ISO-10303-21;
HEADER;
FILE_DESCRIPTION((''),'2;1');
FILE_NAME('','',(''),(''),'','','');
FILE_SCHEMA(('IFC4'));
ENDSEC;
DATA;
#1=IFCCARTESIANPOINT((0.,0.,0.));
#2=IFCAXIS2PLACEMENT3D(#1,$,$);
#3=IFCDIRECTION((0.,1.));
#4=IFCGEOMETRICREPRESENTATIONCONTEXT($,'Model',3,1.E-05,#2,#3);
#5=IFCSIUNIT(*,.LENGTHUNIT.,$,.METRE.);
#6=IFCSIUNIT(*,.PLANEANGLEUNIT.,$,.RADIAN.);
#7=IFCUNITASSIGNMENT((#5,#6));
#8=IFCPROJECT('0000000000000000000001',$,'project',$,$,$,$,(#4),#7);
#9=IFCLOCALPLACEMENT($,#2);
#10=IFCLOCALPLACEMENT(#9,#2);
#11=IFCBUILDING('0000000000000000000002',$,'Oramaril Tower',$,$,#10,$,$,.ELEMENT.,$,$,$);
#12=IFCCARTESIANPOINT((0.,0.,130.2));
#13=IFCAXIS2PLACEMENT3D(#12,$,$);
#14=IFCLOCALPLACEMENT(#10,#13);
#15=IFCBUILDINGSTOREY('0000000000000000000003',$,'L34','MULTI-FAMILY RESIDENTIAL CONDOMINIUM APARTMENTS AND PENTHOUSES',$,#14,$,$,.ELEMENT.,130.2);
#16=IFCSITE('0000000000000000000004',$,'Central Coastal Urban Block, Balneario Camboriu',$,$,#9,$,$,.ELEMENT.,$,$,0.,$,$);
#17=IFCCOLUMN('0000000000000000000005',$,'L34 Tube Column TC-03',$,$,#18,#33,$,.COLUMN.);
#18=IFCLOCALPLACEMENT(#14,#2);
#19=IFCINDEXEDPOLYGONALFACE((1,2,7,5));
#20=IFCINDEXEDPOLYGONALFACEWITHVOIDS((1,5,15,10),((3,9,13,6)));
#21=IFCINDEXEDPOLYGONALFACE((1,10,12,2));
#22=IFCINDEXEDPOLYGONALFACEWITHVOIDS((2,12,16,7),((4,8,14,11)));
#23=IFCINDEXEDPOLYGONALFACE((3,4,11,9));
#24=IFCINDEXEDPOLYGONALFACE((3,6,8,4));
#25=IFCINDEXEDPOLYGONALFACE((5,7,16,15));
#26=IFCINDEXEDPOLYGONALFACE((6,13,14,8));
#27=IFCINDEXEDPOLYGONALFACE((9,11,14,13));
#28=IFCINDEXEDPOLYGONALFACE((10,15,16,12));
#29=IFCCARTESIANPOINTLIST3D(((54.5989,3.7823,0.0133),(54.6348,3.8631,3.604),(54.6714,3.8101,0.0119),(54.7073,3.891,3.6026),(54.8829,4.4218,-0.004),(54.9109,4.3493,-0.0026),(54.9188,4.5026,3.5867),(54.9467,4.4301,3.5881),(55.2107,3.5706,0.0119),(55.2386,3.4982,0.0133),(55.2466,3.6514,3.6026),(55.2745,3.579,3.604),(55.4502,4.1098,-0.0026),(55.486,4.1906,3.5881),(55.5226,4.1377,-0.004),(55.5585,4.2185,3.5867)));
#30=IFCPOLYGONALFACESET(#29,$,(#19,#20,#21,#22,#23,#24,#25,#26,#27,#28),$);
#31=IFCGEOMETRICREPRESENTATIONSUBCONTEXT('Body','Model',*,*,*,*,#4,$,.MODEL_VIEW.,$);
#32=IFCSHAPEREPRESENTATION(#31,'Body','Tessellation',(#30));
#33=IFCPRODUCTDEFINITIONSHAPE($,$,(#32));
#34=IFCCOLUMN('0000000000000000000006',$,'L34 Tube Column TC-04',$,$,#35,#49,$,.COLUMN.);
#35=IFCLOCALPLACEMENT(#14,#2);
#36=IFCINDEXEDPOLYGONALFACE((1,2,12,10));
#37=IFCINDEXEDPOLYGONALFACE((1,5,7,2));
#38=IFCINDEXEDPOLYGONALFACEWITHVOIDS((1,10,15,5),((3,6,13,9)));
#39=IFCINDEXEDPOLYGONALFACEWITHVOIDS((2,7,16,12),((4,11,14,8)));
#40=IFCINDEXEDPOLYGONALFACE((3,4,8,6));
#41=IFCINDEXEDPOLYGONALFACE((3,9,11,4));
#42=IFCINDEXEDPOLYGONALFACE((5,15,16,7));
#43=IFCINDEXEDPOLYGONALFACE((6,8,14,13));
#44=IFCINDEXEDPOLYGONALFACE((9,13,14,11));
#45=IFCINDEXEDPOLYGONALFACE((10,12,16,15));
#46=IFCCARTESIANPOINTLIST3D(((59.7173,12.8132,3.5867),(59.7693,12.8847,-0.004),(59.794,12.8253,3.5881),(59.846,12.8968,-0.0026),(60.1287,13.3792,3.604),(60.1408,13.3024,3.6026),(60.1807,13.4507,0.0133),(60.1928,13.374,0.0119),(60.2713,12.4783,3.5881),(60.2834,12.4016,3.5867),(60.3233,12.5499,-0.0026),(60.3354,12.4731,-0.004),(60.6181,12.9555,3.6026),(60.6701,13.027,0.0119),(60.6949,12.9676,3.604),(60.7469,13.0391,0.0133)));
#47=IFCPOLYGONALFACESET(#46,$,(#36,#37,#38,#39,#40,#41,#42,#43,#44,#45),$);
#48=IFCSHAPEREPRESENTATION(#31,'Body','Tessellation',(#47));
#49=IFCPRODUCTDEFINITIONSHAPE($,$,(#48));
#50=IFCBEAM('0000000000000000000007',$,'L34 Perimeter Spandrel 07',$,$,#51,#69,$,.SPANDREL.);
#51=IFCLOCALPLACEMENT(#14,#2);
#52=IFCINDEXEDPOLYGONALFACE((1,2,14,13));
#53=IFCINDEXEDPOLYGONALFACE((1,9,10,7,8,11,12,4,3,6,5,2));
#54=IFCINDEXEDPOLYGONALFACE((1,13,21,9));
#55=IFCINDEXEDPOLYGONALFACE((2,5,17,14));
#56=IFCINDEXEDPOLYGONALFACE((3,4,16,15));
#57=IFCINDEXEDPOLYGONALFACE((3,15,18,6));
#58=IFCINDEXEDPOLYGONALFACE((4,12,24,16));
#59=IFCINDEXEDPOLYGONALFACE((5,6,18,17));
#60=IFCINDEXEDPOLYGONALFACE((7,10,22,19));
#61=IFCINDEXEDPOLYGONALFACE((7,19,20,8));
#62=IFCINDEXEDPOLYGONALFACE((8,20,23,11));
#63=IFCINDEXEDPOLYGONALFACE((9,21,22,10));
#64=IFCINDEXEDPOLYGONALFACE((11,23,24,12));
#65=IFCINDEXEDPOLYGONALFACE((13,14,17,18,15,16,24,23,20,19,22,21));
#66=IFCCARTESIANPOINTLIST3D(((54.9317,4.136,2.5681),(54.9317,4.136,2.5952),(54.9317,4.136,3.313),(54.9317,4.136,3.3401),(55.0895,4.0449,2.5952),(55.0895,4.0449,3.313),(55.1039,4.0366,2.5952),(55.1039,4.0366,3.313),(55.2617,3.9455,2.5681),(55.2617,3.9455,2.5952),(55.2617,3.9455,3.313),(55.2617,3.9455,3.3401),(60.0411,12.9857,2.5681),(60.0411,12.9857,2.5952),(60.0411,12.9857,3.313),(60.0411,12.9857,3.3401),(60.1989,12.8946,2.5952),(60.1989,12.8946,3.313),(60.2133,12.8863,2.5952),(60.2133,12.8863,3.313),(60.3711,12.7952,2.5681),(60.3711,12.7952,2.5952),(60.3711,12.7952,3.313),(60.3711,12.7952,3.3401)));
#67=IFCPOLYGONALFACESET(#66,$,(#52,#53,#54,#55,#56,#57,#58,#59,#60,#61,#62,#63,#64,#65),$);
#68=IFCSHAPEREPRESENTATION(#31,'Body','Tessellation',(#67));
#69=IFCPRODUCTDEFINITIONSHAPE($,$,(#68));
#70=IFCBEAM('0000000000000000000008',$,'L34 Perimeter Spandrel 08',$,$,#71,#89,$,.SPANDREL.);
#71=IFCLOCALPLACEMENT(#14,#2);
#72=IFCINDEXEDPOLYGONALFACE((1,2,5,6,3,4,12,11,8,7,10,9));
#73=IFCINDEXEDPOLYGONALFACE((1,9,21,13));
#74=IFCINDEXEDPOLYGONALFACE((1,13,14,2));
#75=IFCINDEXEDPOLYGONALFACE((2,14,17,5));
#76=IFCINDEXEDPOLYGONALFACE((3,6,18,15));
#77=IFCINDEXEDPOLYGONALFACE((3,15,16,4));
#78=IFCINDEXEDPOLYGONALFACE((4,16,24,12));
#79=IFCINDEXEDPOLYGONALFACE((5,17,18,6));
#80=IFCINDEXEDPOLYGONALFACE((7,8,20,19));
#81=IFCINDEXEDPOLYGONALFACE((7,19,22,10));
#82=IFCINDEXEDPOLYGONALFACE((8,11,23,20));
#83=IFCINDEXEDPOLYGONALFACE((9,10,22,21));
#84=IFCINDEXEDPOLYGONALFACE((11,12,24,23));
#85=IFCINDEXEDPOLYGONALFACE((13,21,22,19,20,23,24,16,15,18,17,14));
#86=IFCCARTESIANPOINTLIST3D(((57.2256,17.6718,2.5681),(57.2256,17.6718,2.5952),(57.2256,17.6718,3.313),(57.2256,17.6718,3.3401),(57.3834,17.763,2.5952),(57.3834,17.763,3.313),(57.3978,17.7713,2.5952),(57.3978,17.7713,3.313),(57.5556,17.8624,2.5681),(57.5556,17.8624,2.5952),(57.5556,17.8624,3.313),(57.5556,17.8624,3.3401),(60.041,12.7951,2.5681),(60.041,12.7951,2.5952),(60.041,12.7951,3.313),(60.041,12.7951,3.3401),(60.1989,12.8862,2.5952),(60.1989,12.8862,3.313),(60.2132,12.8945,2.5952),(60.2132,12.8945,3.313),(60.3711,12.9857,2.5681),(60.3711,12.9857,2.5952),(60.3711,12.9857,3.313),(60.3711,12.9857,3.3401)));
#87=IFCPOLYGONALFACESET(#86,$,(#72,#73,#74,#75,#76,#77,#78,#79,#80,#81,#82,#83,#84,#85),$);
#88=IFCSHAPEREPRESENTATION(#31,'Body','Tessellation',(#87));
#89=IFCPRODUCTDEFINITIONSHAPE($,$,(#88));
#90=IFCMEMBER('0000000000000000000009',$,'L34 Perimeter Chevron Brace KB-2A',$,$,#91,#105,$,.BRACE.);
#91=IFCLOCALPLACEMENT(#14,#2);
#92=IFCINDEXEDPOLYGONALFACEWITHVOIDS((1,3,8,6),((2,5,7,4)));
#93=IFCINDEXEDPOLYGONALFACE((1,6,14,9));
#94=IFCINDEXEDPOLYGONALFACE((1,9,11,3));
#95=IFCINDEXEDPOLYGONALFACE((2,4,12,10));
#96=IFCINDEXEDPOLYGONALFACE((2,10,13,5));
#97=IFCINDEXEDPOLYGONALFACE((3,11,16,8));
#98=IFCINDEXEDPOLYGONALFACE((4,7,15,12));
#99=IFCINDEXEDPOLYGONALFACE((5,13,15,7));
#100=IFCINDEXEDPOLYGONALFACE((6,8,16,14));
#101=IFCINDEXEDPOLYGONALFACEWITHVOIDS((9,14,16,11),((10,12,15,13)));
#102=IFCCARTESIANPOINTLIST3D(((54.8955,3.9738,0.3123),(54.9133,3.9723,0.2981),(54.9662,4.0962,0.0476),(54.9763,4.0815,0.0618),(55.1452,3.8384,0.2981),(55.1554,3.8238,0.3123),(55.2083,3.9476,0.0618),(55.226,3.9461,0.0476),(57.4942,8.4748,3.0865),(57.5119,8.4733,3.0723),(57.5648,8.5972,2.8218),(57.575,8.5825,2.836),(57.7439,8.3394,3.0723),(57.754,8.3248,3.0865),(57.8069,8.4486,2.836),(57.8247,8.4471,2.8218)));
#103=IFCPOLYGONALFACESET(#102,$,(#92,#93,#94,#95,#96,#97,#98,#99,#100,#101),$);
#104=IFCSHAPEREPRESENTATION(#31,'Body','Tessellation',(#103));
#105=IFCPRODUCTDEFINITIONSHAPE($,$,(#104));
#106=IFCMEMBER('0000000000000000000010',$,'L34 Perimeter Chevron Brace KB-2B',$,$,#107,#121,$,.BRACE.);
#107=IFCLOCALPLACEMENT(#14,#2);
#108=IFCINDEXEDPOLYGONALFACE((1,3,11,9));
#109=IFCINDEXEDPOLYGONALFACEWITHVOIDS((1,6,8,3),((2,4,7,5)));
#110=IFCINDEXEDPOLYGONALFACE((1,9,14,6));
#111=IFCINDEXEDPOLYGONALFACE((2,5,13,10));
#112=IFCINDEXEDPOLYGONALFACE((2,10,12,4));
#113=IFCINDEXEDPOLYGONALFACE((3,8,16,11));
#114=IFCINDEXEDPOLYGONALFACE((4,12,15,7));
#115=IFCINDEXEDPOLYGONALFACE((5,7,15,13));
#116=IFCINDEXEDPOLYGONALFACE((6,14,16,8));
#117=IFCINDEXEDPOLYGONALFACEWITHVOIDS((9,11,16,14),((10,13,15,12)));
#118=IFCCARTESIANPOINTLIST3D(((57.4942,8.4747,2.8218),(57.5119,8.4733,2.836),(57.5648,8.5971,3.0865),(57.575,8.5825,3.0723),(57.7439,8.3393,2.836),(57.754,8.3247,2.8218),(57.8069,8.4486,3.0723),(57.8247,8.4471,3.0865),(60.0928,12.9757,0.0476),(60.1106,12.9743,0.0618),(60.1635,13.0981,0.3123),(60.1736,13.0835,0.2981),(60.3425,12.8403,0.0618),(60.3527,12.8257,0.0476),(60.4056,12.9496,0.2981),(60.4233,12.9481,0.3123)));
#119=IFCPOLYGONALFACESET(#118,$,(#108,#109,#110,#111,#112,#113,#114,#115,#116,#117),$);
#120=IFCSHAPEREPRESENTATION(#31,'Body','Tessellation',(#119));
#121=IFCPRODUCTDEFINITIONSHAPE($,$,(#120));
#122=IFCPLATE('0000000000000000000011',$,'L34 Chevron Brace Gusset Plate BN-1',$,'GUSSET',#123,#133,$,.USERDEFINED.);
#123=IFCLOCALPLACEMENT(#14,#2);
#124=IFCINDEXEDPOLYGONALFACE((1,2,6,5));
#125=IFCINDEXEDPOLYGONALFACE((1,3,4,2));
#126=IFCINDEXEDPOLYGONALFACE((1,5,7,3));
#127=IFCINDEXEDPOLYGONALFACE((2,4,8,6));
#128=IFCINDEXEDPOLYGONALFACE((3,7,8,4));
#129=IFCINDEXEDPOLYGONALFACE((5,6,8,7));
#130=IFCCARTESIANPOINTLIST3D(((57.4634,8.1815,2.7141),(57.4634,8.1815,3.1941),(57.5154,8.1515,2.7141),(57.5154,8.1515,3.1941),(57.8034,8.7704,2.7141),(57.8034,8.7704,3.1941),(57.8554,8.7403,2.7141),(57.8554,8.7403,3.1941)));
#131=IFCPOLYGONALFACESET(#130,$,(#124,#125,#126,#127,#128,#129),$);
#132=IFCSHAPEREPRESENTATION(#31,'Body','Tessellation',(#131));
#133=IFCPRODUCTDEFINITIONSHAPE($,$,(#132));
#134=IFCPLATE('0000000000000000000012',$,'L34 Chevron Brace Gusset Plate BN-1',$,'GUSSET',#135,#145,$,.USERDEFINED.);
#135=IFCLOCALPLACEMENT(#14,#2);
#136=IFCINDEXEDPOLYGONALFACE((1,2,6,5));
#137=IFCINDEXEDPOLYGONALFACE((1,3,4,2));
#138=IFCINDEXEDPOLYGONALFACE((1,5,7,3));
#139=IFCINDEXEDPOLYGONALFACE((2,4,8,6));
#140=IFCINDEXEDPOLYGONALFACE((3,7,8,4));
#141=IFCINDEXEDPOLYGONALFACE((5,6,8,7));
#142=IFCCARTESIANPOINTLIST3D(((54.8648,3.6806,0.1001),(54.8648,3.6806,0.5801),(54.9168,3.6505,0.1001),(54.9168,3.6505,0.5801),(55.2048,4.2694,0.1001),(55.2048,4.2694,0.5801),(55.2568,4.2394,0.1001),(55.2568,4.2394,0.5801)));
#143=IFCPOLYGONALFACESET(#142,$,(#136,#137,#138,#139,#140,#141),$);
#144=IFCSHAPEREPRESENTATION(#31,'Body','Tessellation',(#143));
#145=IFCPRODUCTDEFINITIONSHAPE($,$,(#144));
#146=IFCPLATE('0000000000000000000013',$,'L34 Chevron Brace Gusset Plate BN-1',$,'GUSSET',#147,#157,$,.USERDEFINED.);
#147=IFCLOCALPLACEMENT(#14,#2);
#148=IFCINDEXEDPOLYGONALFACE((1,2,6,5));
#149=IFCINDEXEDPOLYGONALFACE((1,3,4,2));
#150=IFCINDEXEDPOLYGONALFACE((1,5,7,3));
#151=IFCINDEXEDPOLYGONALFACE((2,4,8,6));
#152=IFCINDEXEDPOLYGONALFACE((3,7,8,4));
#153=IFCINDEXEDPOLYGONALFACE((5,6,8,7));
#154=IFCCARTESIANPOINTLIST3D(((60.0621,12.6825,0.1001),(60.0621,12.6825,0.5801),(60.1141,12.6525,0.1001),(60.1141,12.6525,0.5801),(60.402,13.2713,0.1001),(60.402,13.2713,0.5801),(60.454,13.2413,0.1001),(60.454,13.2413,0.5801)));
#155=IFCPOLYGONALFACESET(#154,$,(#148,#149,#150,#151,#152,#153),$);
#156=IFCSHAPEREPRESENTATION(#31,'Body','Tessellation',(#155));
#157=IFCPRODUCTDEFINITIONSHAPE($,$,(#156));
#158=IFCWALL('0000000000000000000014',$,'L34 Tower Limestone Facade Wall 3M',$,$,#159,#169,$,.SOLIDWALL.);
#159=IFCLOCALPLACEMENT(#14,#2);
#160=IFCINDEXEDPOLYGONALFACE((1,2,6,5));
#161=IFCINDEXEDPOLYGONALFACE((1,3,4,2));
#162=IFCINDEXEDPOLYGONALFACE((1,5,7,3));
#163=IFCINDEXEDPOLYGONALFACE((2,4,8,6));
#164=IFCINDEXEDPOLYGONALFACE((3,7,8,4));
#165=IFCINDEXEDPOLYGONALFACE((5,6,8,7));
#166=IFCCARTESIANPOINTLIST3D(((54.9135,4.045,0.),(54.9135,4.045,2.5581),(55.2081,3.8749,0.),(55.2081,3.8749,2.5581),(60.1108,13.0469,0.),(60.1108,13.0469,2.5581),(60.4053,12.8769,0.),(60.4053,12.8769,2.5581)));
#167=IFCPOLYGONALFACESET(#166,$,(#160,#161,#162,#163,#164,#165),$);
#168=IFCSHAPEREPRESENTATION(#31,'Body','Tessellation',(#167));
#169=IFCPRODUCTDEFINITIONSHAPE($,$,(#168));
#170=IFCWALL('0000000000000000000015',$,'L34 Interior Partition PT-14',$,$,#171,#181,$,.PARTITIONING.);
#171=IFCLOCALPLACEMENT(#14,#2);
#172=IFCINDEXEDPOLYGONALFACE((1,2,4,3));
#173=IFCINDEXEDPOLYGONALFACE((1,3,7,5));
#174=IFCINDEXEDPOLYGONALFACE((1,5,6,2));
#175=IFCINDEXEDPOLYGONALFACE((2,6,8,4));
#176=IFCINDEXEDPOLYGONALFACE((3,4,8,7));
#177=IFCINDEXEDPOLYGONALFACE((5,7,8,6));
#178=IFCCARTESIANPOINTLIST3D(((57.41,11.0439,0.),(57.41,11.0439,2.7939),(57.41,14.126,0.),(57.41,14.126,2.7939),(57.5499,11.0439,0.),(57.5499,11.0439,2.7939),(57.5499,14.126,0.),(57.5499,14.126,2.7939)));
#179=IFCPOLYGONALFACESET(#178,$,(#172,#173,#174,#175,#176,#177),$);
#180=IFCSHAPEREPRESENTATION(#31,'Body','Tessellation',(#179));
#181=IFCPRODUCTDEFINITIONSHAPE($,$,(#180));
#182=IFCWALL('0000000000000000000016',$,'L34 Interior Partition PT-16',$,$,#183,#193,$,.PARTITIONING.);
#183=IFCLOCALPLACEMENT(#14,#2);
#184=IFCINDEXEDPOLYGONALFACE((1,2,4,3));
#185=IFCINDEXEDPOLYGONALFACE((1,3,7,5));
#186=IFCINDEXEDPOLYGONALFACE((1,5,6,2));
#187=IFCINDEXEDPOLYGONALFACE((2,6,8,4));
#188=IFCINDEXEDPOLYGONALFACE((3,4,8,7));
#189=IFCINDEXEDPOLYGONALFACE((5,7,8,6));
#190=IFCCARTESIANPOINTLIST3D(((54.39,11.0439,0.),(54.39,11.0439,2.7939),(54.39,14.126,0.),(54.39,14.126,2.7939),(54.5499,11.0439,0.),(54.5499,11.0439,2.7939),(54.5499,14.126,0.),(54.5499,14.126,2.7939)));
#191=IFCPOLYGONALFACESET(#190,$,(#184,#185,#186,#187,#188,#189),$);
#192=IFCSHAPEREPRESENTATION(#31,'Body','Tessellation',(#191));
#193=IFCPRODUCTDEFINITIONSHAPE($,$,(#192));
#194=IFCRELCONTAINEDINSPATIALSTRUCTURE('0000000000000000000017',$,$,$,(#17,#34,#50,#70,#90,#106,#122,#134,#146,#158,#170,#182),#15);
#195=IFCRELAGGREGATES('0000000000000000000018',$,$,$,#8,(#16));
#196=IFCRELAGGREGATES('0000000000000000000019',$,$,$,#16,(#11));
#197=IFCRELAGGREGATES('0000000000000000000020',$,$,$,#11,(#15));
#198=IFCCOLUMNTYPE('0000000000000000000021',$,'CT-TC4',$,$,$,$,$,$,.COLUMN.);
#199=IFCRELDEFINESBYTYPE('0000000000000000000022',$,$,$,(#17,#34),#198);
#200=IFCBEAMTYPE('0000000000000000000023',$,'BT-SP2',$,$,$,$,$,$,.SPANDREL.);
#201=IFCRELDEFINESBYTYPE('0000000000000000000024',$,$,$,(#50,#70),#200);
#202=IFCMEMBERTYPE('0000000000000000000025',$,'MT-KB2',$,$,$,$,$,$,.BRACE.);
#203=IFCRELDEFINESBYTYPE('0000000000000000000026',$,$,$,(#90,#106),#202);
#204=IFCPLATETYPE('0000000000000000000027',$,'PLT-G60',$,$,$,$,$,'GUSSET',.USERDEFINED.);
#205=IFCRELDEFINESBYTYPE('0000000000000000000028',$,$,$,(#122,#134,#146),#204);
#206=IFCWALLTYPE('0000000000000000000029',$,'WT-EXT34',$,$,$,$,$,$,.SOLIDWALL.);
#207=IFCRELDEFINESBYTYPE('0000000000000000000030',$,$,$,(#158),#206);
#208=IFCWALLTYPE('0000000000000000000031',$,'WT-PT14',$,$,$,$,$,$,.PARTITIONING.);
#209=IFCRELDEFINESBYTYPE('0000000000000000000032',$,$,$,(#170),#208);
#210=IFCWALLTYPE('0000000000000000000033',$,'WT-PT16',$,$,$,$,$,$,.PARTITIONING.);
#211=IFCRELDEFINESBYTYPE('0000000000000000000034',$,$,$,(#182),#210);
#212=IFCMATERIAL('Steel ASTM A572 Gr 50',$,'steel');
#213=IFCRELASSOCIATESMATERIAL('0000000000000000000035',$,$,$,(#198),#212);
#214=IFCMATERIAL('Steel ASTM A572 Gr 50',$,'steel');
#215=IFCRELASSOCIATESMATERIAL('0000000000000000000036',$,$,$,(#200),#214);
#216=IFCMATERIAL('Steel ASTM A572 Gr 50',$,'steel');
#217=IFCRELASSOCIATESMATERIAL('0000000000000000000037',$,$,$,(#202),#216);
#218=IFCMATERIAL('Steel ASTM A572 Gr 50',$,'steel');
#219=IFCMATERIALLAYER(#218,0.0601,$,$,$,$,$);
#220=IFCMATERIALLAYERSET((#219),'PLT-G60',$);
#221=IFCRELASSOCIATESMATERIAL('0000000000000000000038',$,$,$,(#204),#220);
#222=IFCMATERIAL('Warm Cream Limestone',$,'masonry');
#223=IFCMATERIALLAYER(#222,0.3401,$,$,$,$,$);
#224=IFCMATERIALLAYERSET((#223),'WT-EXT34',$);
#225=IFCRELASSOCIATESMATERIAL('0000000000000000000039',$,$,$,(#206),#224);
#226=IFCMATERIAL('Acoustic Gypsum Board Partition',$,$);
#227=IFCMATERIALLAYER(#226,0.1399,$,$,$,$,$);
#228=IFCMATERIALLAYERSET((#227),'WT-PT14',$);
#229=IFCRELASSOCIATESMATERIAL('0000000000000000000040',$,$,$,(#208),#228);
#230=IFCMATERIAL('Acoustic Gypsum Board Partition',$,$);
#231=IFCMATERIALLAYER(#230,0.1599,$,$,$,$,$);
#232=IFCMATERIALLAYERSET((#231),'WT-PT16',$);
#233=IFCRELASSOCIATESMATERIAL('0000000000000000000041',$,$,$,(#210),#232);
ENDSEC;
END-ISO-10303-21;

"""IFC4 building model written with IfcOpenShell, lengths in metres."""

from ifc_helpers import new_model, si_unit, direction, frame, frame_2d, origin, origin_2d, place, context, subcontext, project, spatial, rectangle, hollow_rectangle, i_section, extrude, material, layer, layer_set, material_profile, profile_set, type_object, element, save


model = new_model("IFC4")

# Units and contexts
model_context = context("Model", 3, precision=1e-05, world=origin(), true_north=direction((0.0, 1.0)))
body_context = subcontext(model_context, "Body", "Model", "MODEL_VIEW")
ifc_project = project(units=[si_unit("LENGTHUNIT", "METRE"), si_unit("PLANEANGLEUNIT", "RADIAN")], contexts=[model_context])

# Site, building, storey
site_placement = place(None, origin())
site = spatial("IfcSite", under=ifc_project, at=site_placement, Name="Central Coastal Urban Block, Balneario Camboriu", CompositionType="ELEMENT", RefElevation=0.0)
building_placement = place(site_placement, origin())
building = spatial("IfcBuilding", under=site, at=building_placement, Name="Oramaril Tower", CompositionType="ELEMENT")
storey_placement = place(building_placement, frame((0.0, 0.0, 130.2)))
storey = spatial("IfcBuildingStorey", under=building, at=storey_placement, Name="L34", Description="MULTI-FAMILY RESIDENTIAL CONDOMINIUM APARTMENTS AND PENTHOUSES", CompositionType="ELEMENT", Elevation=130.2)

# Columns
ifc_material_1 = material(Name="Steel ASTM A572 Gr 50", Category="steel")
ifc_material_profile_1 = material_profile(ifc_material_1, hollow_rectangle(XDim=0.7, YDim=0.7, WallThickness=0.0549, at=origin_2d()), Name="BOX700X700X55")
ifc_profile_set_1 = profile_set([ifc_material_profile_1], Name="Steel ASTM A572 Gr 50")
column_type = type_object("IfcColumnType", Name="CT-TC4", PredefinedType="COLUMN", material=ifc_profile_set_1)
for number, where, z_axis, x_axis, name in (
    (1, (55.0608, 3.96, 0.0046), (0.009992, 0.022498, 0.999697), (-0.913925, 0.405882, 0.0), "L34 Tube Column TC-03"),
    (2, (60.2581, 12.9619, 0.0046), (-0.014478, -0.019915, 0.999697), (0.808855, -0.588008, 0.0), "L34 Tube Column TC-04"),
):
    element("IfcColumn", number, at=place(storey_placement, frame(where, z_axis=z_axis, x_axis=x_axis)), inside=storey, type_object=column_type, Name=name, PredefinedType="COLUMN", context=body_context, shape_type="SweptSolid", body=[
        extrude(hollow_rectangle(XDim=0.7, YDim=0.7, WallThickness=0.0549, at=origin_2d()), origin(), (0.0, 0.0, 1.0), 3.5918),
    ])

# Beams
ifc_material_2 = material(Name="Steel ASTM A572 Gr 50", Category="steel")
ifc_material_profile_2 = material_profile(ifc_material_2, i_section(OverallWidth=0.3811, OverallDepth=0.772, WebThickness=0.0166, FlangeThickness=0.0271, at=origin_2d()), Name="W30X173")
ifc_profile_set_2 = profile_set([ifc_material_profile_2], Name="Steel ASTM A572 Gr 50")
beam_type = type_object("IfcBeamType", Name="BT-SP2", PredefinedType="SPANDREL", material=ifc_profile_set_2)
beam_1_placement = place(storey_placement, frame((55.0967, 4.0408, 2.9541), z_axis=(0.500004, 0.866023, 0.0), x_axis=(-0.866023, 0.500004, 0.0)))
element("IfcBeam", 3, at=beam_1_placement, inside=storey, type_object=beam_type, Name="L34 Perimeter Spandrel 07", PredefinedType="SPANDREL", context=body_context, shape_type="SweptSolid", body=[
    extrude(i_section(OverallWidth=0.3811, OverallDepth=0.772, WebThickness=0.0166, FlangeThickness=0.0271, at=origin_2d()), origin(), (0.0, 0.0, 1.0), 10.2188),
])
beam_2_placement = place(storey_placement, frame((60.2061, 12.8904, 2.9541), z_axis=(-0.499981, 0.866036, 0.0), x_axis=(-0.866036, -0.499981, 0.0)))
element("IfcBeam", 4, at=beam_2_placement, inside=storey, type_object=beam_type, Name="L34 Perimeter Spandrel 08", PredefinedType="SPANDREL", context=body_context, shape_type="SweptSolid", body=[
    extrude(i_section(OverallWidth=0.3811, OverallDepth=0.772, WebThickness=0.0166, FlangeThickness=0.0271, at=origin_2d()), origin(), (0.0, 0.0, 1.0), 5.6311),
])

# Members
ifc_material_3 = material(Name="Steel ASTM A572 Gr 50", Category="steel")
ifc_material_profile_3 = material_profile(ifc_material_3, hollow_rectangle(XDim=0.3, YDim=0.3, WallThickness=0.0161, at=origin_2d()), Name="HSS300X300X16")
ifc_profile_set_3 = profile_set([ifc_material_profile_3], Name="Steel ASTM A572 Gr 50")
member_type = type_object("IfcMemberType", Name="MT-KB2", PredefinedType="BRACE", material=ifc_profile_set_3)
for number, where, z_axis, x_axis, name in (
    (5, (55.0608, 3.96, 0.1799), (0.441095, 0.764001, 0.470891), (-0.866026, 0.499999, 0.0), "L34 Perimeter Chevron Brace KB-2A"),
    (6, (60.2581, 12.9619, 0.1799), (-0.441095, -0.764001, 0.470891), (0.866026, -0.499999, 0.0), "L34 Perimeter Chevron Brace KB-2B"),
):
    element("IfcMember", number, at=place(storey_placement, frame(where, z_axis=z_axis, x_axis=x_axis)), inside=storey, type_object=member_type, Name=name, PredefinedType="BRACE", context=body_context, shape_type="SweptSolid", body=[
        extrude(hollow_rectangle(XDim=0.3, YDim=0.3, WallThickness=0.0161, at=origin_2d()), origin(), (0.0, 0.0, 1.0), 5.8914),
    ])

# Plates
ifc_material_4 = material(Name="Steel ASTM A572 Gr 50", Category="steel")
ifc_layer_1 = layer(ifc_material_4, 0.0601)
ifc_layer_set_1 = layer_set([ifc_layer_1], Name="PLT-G60")
plate_type = type_object("IfcPlateType", Name="PLT-G60", ElementType="GUSSET", PredefinedType="USERDEFINED", material=ifc_layer_set_1)
for number, where, z_axis, x_axis, name in (
    (7, (57.6594, 8.4609, 2.7141), (0.0, 0.0, 1.0), (0.5, 0.866025, 0.0), "L34 Chevron Brace Gusset Plate BN-1"),
    (8, (55.0608, 3.96, 0.1001), (0.0, 0.0, 1.0), (0.5, 0.866025, 0.0), "L34 Chevron Brace Gusset Plate BN-1"),
    (9, (60.2581, 12.9619, 0.1001), (0.0, 0.0, 1.0), (0.5, 0.866025, 0.0), "L34 Chevron Brace Gusset Plate BN-1"),
):
    element("IfcPlate", number, at=place(storey_placement, frame(where, z_axis=z_axis, x_axis=x_axis)), inside=storey, type_object=plate_type, Name=name, ObjectType="GUSSET", PredefinedType="USERDEFINED", context=body_context, shape_type="SweptSolid", body=[
        extrude(rectangle(XDim=0.6799, YDim=0.0601, at=origin_2d()), origin(), (0.0, 0.0, 1.0), 0.48),
    ])

# Wall
ifc_material_5 = material(Name="Warm Cream Limestone", Category="masonry")
ifc_layer_2 = layer(ifc_material_5, 0.3401)
ifc_layer_set_2 = layer_set([ifc_layer_2], Name="WT-EXT34")
wall_type_1 = type_object("IfcWallType", Name="WT-EXT34", PredefinedType="SOLIDWALL", material=ifc_layer_set_2)
wall_1_placement = place(storey_placement, frame((55.0608, 3.96, 0.0), z_axis=(0.0, 0.0, 1.0), x_axis=(0.499999, 0.866026, 0.0)))
element("IfcWall", 10, at=wall_1_placement, inside=storey, type_object=wall_type_1, Name="L34 Tower Limestone Facade Wall 3M", PredefinedType="SOLIDWALL", context=body_context, shape_type="SweptSolid", body=[
    extrude(rectangle(XDim=10.3945, YDim=0.3401, at=frame_2d((5.1973, 0.0))), origin(), (0.0, 0.0, 1.0), 2.5581),
])

# Walls
ifc_material_6 = material(Name="Acoustic Gypsum Board Partition")
ifc_layer_3 = layer(ifc_material_6, 0.1399)
ifc_layer_set_3 = layer_set([ifc_layer_3], Name="WT-PT14")
wall_type_2 = type_object("IfcWallType", Name="WT-PT14", PredefinedType="PARTITIONING", material=ifc_layer_set_3)
wall_2_placement = place(storey_placement, frame((57.48, 11.0439, 0.0), z_axis=(0.0, 0.0, 1.0), x_axis=(0.0, 1.0, 0.0)))
element("IfcWall", 11, at=wall_2_placement, inside=storey, type_object=wall_type_2, Name="L34 Interior Partition PT-14", PredefinedType="PARTITIONING", context=body_context, shape_type="SweptSolid", body=[
    extrude(rectangle(XDim=3.082, YDim=0.1399, at=frame_2d((1.541, 0.0))), origin(), (0.0, 0.0, 1.0), 2.7939),
])
ifc_material_7 = material(Name="Acoustic Gypsum Board Partition")
ifc_layer_4 = layer(ifc_material_7, 0.1599)
ifc_layer_set_4 = layer_set([ifc_layer_4], Name="WT-PT16")
wall_type_3 = type_object("IfcWallType", Name="WT-PT16", PredefinedType="PARTITIONING", material=ifc_layer_set_4)
wall_3_placement = place(storey_placement, frame((54.47, 11.0439, 0.0), z_axis=(0.0, 0.0, 1.0), x_axis=(0.0, 1.0, 0.0)))
element("IfcWall", 12, at=wall_3_placement, inside=storey, type_object=wall_type_3, Name="L34 Interior Partition PT-16", PredefinedType="PARTITIONING", context=body_context, shape_type="SweptSolid", body=[
    extrude(rectangle(XDim=3.082, YDim=0.1599, at=frame_2d((1.541, 0.0))), origin(), (0.0, 0.0, 1.0), 2.7939),
])

save(model, "model.ifc")
